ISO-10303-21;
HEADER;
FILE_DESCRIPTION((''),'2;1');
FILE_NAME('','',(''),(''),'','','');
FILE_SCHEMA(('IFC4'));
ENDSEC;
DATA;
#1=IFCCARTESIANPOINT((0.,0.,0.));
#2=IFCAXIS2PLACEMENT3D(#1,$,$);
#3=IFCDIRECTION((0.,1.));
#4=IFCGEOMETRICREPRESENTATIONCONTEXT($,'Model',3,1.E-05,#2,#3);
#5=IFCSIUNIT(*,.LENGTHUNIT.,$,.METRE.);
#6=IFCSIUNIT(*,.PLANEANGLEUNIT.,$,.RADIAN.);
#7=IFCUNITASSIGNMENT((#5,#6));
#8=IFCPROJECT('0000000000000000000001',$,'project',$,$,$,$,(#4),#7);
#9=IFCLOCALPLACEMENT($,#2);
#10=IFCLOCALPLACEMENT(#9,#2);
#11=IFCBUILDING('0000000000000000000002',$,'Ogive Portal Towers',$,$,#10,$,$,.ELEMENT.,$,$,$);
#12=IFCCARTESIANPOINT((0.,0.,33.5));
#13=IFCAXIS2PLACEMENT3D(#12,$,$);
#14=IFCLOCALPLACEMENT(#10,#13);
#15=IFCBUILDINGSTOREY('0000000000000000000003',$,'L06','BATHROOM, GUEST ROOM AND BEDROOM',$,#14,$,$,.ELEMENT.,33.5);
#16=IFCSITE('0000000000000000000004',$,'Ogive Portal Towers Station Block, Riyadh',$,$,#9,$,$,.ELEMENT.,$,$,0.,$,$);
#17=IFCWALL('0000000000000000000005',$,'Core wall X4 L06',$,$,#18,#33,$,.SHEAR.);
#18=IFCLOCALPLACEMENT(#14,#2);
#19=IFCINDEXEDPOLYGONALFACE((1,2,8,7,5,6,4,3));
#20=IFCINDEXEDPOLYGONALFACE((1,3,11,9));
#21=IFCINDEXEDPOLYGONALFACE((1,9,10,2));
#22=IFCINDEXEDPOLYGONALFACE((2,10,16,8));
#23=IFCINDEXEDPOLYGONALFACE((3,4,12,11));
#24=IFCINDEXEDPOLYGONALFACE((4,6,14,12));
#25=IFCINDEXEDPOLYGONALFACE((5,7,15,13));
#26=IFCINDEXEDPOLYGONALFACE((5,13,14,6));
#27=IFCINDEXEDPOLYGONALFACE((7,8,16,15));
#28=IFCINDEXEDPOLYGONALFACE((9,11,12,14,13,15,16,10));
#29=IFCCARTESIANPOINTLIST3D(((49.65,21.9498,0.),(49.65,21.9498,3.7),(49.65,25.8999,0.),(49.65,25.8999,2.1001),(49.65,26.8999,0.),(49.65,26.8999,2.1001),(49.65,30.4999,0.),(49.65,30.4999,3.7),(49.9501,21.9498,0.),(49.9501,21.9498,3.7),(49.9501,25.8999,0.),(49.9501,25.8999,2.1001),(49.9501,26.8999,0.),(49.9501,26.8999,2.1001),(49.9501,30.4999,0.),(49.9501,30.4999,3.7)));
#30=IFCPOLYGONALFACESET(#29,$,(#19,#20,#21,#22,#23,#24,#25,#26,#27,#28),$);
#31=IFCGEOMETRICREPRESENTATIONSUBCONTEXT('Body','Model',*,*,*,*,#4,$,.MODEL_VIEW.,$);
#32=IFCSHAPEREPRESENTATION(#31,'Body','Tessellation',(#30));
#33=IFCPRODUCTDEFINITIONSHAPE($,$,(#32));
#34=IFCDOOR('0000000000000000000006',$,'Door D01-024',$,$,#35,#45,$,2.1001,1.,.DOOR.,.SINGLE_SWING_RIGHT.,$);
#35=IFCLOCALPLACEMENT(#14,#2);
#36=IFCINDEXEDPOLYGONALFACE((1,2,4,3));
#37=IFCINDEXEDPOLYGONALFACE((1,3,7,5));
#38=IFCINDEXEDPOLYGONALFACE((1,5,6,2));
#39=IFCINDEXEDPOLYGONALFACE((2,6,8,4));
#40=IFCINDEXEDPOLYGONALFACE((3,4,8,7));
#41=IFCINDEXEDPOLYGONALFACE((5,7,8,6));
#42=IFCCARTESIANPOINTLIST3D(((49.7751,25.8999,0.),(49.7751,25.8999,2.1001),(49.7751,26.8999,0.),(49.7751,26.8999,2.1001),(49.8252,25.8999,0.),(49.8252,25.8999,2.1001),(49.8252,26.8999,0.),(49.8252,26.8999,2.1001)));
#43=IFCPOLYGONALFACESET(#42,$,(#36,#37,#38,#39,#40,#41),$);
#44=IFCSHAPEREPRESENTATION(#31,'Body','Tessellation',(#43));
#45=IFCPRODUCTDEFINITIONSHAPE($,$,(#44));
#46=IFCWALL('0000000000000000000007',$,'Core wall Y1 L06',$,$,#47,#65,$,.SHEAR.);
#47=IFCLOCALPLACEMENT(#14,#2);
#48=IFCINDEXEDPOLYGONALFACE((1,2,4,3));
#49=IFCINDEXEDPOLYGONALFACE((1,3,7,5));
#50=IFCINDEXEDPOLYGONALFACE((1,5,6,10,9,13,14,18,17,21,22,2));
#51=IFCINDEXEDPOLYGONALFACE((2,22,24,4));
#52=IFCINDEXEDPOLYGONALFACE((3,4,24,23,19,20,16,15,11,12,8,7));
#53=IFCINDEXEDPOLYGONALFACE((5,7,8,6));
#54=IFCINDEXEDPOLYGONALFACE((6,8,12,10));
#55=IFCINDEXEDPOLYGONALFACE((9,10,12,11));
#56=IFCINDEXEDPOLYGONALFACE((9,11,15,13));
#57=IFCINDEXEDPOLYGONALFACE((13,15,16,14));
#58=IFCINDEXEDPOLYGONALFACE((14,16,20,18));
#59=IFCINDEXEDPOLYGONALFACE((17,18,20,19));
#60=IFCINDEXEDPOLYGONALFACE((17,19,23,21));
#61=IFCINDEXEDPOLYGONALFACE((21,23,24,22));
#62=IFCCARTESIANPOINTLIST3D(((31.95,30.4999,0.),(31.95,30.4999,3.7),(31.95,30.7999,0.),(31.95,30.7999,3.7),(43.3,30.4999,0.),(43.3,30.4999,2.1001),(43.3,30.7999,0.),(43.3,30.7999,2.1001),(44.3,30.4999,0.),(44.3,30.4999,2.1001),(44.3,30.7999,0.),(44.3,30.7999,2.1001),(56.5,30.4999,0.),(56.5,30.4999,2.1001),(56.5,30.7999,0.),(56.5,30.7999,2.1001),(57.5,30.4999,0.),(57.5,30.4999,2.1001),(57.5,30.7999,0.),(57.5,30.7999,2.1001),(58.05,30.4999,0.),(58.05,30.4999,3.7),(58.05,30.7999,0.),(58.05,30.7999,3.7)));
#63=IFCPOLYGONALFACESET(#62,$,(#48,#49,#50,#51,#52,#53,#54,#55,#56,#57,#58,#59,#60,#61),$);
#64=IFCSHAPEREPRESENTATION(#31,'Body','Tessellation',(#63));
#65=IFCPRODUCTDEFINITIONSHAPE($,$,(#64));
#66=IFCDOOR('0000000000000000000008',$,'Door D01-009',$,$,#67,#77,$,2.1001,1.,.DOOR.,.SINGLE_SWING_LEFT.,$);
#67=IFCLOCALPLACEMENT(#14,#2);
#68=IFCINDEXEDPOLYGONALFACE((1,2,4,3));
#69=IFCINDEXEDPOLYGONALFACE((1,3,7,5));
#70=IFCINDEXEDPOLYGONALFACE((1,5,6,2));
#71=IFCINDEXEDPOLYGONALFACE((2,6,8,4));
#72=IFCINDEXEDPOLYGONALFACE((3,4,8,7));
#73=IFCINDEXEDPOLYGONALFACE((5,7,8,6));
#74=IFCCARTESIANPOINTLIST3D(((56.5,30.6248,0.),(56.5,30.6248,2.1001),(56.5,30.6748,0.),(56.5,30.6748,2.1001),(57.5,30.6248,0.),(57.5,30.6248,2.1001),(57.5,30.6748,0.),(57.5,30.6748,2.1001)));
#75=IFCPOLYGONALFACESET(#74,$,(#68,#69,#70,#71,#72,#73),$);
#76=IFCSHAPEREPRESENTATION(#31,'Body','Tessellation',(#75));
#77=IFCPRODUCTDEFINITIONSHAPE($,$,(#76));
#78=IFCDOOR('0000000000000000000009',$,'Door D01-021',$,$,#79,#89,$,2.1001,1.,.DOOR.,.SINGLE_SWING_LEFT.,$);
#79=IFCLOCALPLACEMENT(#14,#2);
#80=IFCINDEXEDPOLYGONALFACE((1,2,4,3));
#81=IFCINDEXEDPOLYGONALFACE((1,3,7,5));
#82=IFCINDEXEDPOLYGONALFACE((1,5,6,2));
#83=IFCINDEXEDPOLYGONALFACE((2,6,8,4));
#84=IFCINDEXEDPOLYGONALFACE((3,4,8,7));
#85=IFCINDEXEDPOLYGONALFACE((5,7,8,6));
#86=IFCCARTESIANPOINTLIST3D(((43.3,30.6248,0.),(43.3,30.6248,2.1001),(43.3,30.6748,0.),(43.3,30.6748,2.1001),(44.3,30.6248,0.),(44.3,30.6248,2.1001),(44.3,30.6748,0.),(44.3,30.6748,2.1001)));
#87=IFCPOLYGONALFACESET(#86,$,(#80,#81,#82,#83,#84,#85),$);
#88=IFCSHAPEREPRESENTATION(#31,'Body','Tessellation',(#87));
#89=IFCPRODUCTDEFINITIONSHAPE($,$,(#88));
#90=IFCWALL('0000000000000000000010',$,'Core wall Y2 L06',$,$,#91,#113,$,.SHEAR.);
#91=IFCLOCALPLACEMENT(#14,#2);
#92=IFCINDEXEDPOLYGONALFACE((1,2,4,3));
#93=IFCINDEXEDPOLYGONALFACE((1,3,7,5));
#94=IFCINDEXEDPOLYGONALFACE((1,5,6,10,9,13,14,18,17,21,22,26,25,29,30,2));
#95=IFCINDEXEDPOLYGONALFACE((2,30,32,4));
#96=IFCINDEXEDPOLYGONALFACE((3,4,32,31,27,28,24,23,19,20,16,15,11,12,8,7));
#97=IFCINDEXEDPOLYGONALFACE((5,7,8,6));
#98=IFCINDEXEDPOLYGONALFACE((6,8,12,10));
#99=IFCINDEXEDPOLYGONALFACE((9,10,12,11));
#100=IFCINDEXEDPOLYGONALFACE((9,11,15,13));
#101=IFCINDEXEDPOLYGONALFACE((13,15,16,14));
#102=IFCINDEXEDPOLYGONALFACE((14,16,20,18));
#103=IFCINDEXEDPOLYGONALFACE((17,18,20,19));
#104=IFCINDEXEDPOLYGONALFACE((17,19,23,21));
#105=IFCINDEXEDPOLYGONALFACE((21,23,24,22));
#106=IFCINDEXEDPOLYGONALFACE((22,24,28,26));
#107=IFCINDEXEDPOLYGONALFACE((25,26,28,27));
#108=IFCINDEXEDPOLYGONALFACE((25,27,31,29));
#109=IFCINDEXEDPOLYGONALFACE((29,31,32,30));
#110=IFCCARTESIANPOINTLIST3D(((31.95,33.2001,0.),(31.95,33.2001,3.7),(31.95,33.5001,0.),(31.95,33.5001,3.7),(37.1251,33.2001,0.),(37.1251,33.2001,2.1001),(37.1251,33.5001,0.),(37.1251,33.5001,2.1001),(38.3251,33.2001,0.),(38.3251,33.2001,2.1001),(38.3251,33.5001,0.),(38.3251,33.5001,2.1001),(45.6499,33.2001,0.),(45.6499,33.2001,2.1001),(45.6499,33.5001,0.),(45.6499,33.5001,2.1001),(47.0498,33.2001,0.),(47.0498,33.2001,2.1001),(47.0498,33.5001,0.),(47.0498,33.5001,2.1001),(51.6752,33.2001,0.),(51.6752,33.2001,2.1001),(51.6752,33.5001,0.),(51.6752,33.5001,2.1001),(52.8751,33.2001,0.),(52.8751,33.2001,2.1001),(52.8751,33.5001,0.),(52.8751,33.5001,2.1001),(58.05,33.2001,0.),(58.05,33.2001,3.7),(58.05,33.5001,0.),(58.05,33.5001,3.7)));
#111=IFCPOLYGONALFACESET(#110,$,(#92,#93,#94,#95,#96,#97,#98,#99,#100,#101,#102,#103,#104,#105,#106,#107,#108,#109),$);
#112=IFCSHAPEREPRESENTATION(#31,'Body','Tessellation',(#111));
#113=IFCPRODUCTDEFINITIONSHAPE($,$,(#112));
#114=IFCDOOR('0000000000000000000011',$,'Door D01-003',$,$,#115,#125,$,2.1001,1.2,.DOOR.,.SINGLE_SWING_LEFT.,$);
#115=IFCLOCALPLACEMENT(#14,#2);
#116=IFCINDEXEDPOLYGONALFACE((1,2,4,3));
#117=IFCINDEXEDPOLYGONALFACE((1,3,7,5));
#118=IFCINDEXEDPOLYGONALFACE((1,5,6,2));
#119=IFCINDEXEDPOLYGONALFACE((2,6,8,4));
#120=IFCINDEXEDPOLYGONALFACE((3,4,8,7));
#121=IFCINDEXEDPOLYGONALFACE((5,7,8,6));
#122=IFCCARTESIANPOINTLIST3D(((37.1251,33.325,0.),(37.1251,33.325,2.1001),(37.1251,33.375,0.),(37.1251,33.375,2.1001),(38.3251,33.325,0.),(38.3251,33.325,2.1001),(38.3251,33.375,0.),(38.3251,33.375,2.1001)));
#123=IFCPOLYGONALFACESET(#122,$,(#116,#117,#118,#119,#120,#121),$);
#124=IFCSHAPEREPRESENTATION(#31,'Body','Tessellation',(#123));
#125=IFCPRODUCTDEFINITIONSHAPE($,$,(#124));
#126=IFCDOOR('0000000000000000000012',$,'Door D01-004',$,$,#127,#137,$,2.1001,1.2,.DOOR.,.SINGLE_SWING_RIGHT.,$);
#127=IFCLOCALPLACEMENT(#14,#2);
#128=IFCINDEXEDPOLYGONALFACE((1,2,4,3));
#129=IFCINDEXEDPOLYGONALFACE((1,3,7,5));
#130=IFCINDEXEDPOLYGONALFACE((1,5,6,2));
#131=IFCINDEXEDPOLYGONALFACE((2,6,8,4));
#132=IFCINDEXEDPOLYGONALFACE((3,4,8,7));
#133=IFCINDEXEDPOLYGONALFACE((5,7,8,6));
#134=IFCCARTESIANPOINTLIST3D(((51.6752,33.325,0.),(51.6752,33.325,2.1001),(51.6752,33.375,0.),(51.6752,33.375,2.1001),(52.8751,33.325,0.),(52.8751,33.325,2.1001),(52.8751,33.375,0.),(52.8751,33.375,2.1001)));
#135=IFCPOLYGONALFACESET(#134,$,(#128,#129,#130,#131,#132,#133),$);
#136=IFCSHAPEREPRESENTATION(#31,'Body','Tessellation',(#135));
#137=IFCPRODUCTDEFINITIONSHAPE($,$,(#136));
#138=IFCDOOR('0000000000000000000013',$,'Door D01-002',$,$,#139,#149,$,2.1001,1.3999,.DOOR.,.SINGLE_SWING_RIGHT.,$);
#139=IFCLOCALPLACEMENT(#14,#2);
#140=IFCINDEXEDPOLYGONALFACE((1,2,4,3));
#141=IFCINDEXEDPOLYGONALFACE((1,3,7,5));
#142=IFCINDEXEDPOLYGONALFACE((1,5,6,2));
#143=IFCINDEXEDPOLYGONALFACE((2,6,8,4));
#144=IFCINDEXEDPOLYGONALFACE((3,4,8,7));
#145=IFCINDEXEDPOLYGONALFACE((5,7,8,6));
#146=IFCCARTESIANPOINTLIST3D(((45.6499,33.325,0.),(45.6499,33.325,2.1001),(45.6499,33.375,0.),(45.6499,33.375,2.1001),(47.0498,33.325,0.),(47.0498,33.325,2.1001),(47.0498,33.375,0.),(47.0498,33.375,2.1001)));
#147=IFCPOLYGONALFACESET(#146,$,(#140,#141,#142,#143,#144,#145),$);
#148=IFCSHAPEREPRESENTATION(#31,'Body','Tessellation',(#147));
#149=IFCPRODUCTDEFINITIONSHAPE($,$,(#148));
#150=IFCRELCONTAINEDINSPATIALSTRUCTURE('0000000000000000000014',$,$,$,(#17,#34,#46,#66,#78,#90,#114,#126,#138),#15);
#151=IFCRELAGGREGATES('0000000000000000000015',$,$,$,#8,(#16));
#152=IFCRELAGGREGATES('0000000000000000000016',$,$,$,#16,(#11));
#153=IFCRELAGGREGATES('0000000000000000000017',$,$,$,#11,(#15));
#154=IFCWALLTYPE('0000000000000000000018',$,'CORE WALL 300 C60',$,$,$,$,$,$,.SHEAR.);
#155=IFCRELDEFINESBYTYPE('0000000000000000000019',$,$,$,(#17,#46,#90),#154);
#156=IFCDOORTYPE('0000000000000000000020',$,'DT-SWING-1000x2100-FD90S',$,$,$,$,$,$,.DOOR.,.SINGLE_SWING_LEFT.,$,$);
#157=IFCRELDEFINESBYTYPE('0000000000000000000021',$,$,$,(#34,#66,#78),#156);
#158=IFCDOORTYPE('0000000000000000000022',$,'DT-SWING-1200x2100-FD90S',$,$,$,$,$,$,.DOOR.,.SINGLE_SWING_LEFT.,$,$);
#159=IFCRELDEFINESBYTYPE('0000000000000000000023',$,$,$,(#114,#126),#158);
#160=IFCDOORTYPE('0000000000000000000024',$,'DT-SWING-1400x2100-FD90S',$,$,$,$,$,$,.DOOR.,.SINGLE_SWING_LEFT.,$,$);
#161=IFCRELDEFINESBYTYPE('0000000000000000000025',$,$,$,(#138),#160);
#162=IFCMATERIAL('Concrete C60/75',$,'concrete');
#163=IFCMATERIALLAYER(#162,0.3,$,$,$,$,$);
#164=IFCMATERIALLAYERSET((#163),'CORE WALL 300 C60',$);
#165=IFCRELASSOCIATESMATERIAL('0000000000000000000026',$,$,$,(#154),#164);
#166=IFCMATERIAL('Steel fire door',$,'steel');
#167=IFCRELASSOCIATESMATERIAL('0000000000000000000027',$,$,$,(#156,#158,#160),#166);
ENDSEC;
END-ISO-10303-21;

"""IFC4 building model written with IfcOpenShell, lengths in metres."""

from ifc_helpers import new_model, si_unit, direction, frame, frame_2d, origin, place, context, subcontext, project, spatial, rectangle, extrude, material, layer, layer_set, type_object, element, fill, save


model = new_model("IFC4")

# Units and contexts
model_context = context("Model", 3, precision=1e-05, world=origin(), true_north=direction((0.0, 1.0)))
body_context = subcontext(model_context, "Body", "Model", "MODEL_VIEW")
ifc_project = project(units=[si_unit("LENGTHUNIT", "METRE"), si_unit("PLANEANGLEUNIT", "RADIAN")], contexts=[model_context])

# Site, building, storey
site_placement = place(None, origin())
site = spatial("IfcSite", under=ifc_project, at=site_placement, Name="Ogive Portal Towers Station Block, Riyadh", CompositionType="ELEMENT", RefElevation=0.0)
building_placement = place(site_placement, origin())
building = spatial("IfcBuilding", under=site, at=building_placement, Name="Ogive Portal Towers", CompositionType="ELEMENT")
storey_placement = place(building_placement, frame((0.0, 0.0, 33.5)))
storey = spatial("IfcBuildingStorey", under=building, at=storey_placement, Name="L06", Description="BATHROOM, GUEST ROOM AND BEDROOM", CompositionType="ELEMENT", Elevation=33.5)

# Wall, opening, door
ifc_material_1 = material(Name="Concrete C60/75", Category="concrete")
ifc_layer_1 = layer(ifc_material_1, 0.3)
ifc_layer_set_1 = layer_set([ifc_layer_1], Name="CORE WALL 300 C60")
wall_type_1 = type_object("IfcWallType", Name="CORE WALL 300 C60", PredefinedType="SHEAR", material=ifc_layer_set_1)
wall_1_placement = place(storey_placement, frame((49.8, 21.95, 0.0), z_axis=(0.0, 0.0, 1.0), x_axis=(0.0, 1.0, 0.0)))
wall_1 = element("IfcWall", 1, at=wall_1_placement, inside=storey, type_object=wall_type_1, Name="Core wall X4 L06", PredefinedType="SHEAR", context=body_context, shape_type="SweptSolid", body=[
    extrude(rectangle(XDim=8.55, YDim=0.3, at=frame_2d((4.2749, 0.0))), origin(), (0.0, 0.0, 1.0), 3.7),
])
opening_1_placement = place(wall_1_placement, frame((3.95, 0.0, 0.0)))
opening_1 = element("IfcOpeningElement", 2, at=opening_1_placement, cuts=wall_1, PredefinedType="OPENING", context=body_context, shape_type="SweptSolid", body=[
    extrude(rectangle(XDim=1.0, YDim=2.1001, at=frame_2d((0.5, 1.05))), frame((0.0, 0.1602, 0.0), z_axis=(0.0, -1.0, 0.0), x_axis=(1.0, 0.0, 0.0)), (0.0, 0.0, 1.0), 0.3201),
])
ifc_material_2 = material(Name="Steel fire door", Category="steel")
door_type_1 = type_object("IfcDoorType", Name="DT-SWING-1000x2100-FD90S", OperationType="SINGLE_SWING_LEFT", PredefinedType="DOOR", material=ifc_material_2)
door_1_placement = place(opening_1_placement, origin())
door_1 = element("IfcDoor", 3, at=door_1_placement, inside=storey, type_object=door_type_1, Name="Door D01-024", OperationType="SINGLE_SWING_RIGHT", OverallHeight=2.1001, OverallWidth=1.0, PredefinedType="DOOR", context=body_context, shape_type="SweptSolid", body=[
    extrude(rectangle(XDim=1.0, YDim=2.1001, at=frame_2d((0.5, 1.05))), frame((0.0, 0.0249, 0.0), z_axis=(0.0, -1.0, 0.0), x_axis=(1.0, 0.0, 0.0)), (0.0, 0.0, 1.0), 0.05),
])
fill(opening_1, door_1)

# Walls, openings, doors
wall_2_placement = place(storey_placement, frame((31.95, 30.6499, 0.0), z_axis=(0.0, 0.0, 1.0), x_axis=(1.0, 0.0, 0.0)))
wall_2 = element("IfcWall", 4, at=wall_2_placement, inside=storey, type_object=wall_type_1, Name="Core wall Y1 L06", PredefinedType="SHEAR", context=body_context, shape_type="SweptSolid", body=[
    extrude(rectangle(XDim=26.1001, YDim=0.3, at=frame_2d((13.05, 0.0))), origin(), (0.0, 0.0, 1.0), 3.7),
])
opening_2_placement = place(wall_2_placement, frame((24.55, 0.0, 0.0)))
opening_2 = element("IfcOpeningElement", 5, at=opening_2_placement, cuts=wall_2, PredefinedType="OPENING", context=body_context, shape_type="SweptSolid", body=[
    extrude(rectangle(XDim=1.0, YDim=2.1001, at=frame_2d((0.5, 1.05))), frame((0.0, 0.1602, 0.0), z_axis=(0.0, -1.0, 0.0), x_axis=(1.0, 0.0, 0.0)), (0.0, 0.0, 1.0), 0.3201),
])
opening_3_placement = place(wall_2_placement, frame((11.3501, 0.0, 0.0)))
opening_3 = element("IfcOpeningElement", 6, at=opening_3_placement, cuts=wall_2, PredefinedType="OPENING", context=body_context, shape_type="SweptSolid", body=[
    extrude(rectangle(XDim=1.0, YDim=2.1001, at=frame_2d((0.5, 1.05))), frame((0.0, 0.1602, 0.0), z_axis=(0.0, -1.0, 0.0), x_axis=(1.0, 0.0, 0.0)), (0.0, 0.0, 1.0), 0.3201),
])
door_2_placement = place(opening_2_placement, origin())
door_2 = element("IfcDoor", 7, at=door_2_placement, inside=storey, type_object=door_type_1, Name="Door D01-009", OperationType="SINGLE_SWING_LEFT", OverallHeight=2.1001, OverallWidth=1.0, PredefinedType="DOOR", context=body_context, shape_type="SweptSolid", body=[
    extrude(rectangle(XDim=1.0, YDim=2.1001, at=frame_2d((0.5, 1.05))), frame((0.0, 0.0249, 0.0), z_axis=(0.0, -1.0, 0.0), x_axis=(1.0, 0.0, 0.0)), (0.0, 0.0, 1.0), 0.05),
])
fill(opening_2, door_2)
door_3_placement = place(opening_3_placement, origin())
door_3 = element("IfcDoor", 8, at=door_3_placement, inside=storey, type_object=door_type_1, Name="Door D01-021", OperationType="SINGLE_SWING_LEFT", OverallHeight=2.1001, OverallWidth=1.0, PredefinedType="DOOR", context=body_context, shape_type="SweptSolid", body=[
    extrude(rectangle(XDim=1.0, YDim=2.1001, at=frame_2d((0.5, 1.05))), frame((0.0, 0.0249, 0.0), z_axis=(0.0, -1.0, 0.0), x_axis=(1.0, 0.0, 0.0)), (0.0, 0.0, 1.0), 0.05),
])
fill(opening_3, door_3)
wall_3_placement = place(storey_placement, frame((31.95, 33.3501, 0.0), z_axis=(0.0, 0.0, 1.0), x_axis=(1.0, 0.0, 0.0)))
wall_3 = element("IfcWall", 9, at=wall_3_placement, inside=storey, type_object=wall_type_1, Name="Core wall Y2 L06", PredefinedType="SHEAR", context=body_context, shape_type="SweptSolid", body=[
    extrude(rectangle(XDim=26.1001, YDim=0.3, at=frame_2d((13.05, 0.0))), origin(), (0.0, 0.0, 1.0), 3.7),
])
opening_4_placement = place(wall_3_placement, frame((13.7, 0.0, 0.0)))
opening_4 = element("IfcOpeningElement", 10, at=opening_4_placement, cuts=wall_3, PredefinedType="OPENING", context=body_context, shape_type="SweptSolid", body=[
    extrude(rectangle(XDim=1.3999, YDim=2.1001, at=frame_2d((0.7, 1.05))), frame((0.0, 0.1602, 0.0), z_axis=(0.0, -1.0, 0.0), x_axis=(1.0, 0.0, 0.0)), (0.0, 0.0, 1.0), 0.3201),
])
opening_5_placement = place(wall_3_placement, frame((5.175, 0.0, 0.0)))
opening_5 = element("IfcOpeningElement", 11, at=opening_5_placement, cuts=wall_3, PredefinedType="OPENING", context=body_context, shape_type="SweptSolid", body=[
    extrude(rectangle(XDim=1.2, YDim=2.1001, at=frame_2d((0.6001, 1.05))), frame((0.0, 0.1602, 0.0), z_axis=(0.0, -1.0, 0.0), x_axis=(1.0, 0.0, 0.0)), (0.0, 0.0, 1.0), 0.3201),
])
opening_6_placement = place(wall_3_placement, frame((19.7251, 0.0, 0.0)))
opening_6 = element("IfcOpeningElement", 12, at=opening_6_placement, cuts=wall_3, PredefinedType="OPENING", context=body_context, shape_type="SweptSolid", body=[
    extrude(rectangle(XDim=1.2, YDim=2.1001, at=frame_2d((0.6001, 1.05))), frame((0.0, 0.1602, 0.0), z_axis=(0.0, -1.0, 0.0), x_axis=(1.0, 0.0, 0.0)), (0.0, 0.0, 1.0), 0.3201),
])
door_type_2 = type_object("IfcDoorType", Name="DT-SWING-1200x2100-FD90S", OperationType="SINGLE_SWING_LEFT", PredefinedType="DOOR", material=ifc_material_2)
door_4_placement = place(opening_5_placement, origin())
door_4 = element("IfcDoor", 13, at=door_4_placement, inside=storey, type_object=door_type_2, Name="Door D01-003", OperationType="SINGLE_SWING_LEFT", OverallHeight=2.1001, OverallWidth=1.2, PredefinedType="DOOR", context=body_context, shape_type="SweptSolid", body=[
    extrude(rectangle(XDim=1.2, YDim=2.1001, at=frame_2d((0.6001, 1.05))), frame((0.0, 0.0249, 0.0), z_axis=(0.0, -1.0, 0.0), x_axis=(1.0, 0.0, 0.0)), (0.0, 0.0, 1.0), 0.05),
])
fill(opening_5, door_4)
door_5_placement = place(opening_6_placement, origin())
door_5 = element("IfcDoor", 14, at=door_5_placement, inside=storey, type_object=door_type_2, Name="Door D01-004", OperationType="SINGLE_SWING_RIGHT", OverallHeight=2.1001, OverallWidth=1.2, PredefinedType="DOOR", context=body_context, shape_type="SweptSolid", body=[
    extrude(rectangle(XDim=1.2, YDim=2.1001, at=frame_2d((0.6001, 1.05))), frame((0.0, 0.0249, 0.0), z_axis=(0.0, -1.0, 0.0), x_axis=(1.0, 0.0, 0.0)), (0.0, 0.0, 1.0), 0.05),
])
fill(opening_6, door_5)
door_type_3 = type_object("IfcDoorType", Name="DT-SWING-1400x2100-FD90S", OperationType="SINGLE_SWING_LEFT", PredefinedType="DOOR", material=ifc_material_2)
door_6_placement = place(opening_4_placement, origin())
door_6 = element("IfcDoor", 15, at=door_6_placement, inside=storey, type_object=door_type_3, Name="Door D01-002", OperationType="SINGLE_SWING_RIGHT", OverallHeight=2.1001, OverallWidth=1.3999, PredefinedType="DOOR", context=body_context, shape_type="SweptSolid", body=[
    extrude(rectangle(XDim=1.3999, YDim=2.1001, at=frame_2d((0.7, 1.05))), frame((0.0, 0.0249, 0.0), z_axis=(0.0, -1.0, 0.0), x_axis=(1.0, 0.0, 0.0)), (0.0, 0.0, 1.0), 0.05),
])
fill(opening_4, door_6)

save(model, "model.ifc")
